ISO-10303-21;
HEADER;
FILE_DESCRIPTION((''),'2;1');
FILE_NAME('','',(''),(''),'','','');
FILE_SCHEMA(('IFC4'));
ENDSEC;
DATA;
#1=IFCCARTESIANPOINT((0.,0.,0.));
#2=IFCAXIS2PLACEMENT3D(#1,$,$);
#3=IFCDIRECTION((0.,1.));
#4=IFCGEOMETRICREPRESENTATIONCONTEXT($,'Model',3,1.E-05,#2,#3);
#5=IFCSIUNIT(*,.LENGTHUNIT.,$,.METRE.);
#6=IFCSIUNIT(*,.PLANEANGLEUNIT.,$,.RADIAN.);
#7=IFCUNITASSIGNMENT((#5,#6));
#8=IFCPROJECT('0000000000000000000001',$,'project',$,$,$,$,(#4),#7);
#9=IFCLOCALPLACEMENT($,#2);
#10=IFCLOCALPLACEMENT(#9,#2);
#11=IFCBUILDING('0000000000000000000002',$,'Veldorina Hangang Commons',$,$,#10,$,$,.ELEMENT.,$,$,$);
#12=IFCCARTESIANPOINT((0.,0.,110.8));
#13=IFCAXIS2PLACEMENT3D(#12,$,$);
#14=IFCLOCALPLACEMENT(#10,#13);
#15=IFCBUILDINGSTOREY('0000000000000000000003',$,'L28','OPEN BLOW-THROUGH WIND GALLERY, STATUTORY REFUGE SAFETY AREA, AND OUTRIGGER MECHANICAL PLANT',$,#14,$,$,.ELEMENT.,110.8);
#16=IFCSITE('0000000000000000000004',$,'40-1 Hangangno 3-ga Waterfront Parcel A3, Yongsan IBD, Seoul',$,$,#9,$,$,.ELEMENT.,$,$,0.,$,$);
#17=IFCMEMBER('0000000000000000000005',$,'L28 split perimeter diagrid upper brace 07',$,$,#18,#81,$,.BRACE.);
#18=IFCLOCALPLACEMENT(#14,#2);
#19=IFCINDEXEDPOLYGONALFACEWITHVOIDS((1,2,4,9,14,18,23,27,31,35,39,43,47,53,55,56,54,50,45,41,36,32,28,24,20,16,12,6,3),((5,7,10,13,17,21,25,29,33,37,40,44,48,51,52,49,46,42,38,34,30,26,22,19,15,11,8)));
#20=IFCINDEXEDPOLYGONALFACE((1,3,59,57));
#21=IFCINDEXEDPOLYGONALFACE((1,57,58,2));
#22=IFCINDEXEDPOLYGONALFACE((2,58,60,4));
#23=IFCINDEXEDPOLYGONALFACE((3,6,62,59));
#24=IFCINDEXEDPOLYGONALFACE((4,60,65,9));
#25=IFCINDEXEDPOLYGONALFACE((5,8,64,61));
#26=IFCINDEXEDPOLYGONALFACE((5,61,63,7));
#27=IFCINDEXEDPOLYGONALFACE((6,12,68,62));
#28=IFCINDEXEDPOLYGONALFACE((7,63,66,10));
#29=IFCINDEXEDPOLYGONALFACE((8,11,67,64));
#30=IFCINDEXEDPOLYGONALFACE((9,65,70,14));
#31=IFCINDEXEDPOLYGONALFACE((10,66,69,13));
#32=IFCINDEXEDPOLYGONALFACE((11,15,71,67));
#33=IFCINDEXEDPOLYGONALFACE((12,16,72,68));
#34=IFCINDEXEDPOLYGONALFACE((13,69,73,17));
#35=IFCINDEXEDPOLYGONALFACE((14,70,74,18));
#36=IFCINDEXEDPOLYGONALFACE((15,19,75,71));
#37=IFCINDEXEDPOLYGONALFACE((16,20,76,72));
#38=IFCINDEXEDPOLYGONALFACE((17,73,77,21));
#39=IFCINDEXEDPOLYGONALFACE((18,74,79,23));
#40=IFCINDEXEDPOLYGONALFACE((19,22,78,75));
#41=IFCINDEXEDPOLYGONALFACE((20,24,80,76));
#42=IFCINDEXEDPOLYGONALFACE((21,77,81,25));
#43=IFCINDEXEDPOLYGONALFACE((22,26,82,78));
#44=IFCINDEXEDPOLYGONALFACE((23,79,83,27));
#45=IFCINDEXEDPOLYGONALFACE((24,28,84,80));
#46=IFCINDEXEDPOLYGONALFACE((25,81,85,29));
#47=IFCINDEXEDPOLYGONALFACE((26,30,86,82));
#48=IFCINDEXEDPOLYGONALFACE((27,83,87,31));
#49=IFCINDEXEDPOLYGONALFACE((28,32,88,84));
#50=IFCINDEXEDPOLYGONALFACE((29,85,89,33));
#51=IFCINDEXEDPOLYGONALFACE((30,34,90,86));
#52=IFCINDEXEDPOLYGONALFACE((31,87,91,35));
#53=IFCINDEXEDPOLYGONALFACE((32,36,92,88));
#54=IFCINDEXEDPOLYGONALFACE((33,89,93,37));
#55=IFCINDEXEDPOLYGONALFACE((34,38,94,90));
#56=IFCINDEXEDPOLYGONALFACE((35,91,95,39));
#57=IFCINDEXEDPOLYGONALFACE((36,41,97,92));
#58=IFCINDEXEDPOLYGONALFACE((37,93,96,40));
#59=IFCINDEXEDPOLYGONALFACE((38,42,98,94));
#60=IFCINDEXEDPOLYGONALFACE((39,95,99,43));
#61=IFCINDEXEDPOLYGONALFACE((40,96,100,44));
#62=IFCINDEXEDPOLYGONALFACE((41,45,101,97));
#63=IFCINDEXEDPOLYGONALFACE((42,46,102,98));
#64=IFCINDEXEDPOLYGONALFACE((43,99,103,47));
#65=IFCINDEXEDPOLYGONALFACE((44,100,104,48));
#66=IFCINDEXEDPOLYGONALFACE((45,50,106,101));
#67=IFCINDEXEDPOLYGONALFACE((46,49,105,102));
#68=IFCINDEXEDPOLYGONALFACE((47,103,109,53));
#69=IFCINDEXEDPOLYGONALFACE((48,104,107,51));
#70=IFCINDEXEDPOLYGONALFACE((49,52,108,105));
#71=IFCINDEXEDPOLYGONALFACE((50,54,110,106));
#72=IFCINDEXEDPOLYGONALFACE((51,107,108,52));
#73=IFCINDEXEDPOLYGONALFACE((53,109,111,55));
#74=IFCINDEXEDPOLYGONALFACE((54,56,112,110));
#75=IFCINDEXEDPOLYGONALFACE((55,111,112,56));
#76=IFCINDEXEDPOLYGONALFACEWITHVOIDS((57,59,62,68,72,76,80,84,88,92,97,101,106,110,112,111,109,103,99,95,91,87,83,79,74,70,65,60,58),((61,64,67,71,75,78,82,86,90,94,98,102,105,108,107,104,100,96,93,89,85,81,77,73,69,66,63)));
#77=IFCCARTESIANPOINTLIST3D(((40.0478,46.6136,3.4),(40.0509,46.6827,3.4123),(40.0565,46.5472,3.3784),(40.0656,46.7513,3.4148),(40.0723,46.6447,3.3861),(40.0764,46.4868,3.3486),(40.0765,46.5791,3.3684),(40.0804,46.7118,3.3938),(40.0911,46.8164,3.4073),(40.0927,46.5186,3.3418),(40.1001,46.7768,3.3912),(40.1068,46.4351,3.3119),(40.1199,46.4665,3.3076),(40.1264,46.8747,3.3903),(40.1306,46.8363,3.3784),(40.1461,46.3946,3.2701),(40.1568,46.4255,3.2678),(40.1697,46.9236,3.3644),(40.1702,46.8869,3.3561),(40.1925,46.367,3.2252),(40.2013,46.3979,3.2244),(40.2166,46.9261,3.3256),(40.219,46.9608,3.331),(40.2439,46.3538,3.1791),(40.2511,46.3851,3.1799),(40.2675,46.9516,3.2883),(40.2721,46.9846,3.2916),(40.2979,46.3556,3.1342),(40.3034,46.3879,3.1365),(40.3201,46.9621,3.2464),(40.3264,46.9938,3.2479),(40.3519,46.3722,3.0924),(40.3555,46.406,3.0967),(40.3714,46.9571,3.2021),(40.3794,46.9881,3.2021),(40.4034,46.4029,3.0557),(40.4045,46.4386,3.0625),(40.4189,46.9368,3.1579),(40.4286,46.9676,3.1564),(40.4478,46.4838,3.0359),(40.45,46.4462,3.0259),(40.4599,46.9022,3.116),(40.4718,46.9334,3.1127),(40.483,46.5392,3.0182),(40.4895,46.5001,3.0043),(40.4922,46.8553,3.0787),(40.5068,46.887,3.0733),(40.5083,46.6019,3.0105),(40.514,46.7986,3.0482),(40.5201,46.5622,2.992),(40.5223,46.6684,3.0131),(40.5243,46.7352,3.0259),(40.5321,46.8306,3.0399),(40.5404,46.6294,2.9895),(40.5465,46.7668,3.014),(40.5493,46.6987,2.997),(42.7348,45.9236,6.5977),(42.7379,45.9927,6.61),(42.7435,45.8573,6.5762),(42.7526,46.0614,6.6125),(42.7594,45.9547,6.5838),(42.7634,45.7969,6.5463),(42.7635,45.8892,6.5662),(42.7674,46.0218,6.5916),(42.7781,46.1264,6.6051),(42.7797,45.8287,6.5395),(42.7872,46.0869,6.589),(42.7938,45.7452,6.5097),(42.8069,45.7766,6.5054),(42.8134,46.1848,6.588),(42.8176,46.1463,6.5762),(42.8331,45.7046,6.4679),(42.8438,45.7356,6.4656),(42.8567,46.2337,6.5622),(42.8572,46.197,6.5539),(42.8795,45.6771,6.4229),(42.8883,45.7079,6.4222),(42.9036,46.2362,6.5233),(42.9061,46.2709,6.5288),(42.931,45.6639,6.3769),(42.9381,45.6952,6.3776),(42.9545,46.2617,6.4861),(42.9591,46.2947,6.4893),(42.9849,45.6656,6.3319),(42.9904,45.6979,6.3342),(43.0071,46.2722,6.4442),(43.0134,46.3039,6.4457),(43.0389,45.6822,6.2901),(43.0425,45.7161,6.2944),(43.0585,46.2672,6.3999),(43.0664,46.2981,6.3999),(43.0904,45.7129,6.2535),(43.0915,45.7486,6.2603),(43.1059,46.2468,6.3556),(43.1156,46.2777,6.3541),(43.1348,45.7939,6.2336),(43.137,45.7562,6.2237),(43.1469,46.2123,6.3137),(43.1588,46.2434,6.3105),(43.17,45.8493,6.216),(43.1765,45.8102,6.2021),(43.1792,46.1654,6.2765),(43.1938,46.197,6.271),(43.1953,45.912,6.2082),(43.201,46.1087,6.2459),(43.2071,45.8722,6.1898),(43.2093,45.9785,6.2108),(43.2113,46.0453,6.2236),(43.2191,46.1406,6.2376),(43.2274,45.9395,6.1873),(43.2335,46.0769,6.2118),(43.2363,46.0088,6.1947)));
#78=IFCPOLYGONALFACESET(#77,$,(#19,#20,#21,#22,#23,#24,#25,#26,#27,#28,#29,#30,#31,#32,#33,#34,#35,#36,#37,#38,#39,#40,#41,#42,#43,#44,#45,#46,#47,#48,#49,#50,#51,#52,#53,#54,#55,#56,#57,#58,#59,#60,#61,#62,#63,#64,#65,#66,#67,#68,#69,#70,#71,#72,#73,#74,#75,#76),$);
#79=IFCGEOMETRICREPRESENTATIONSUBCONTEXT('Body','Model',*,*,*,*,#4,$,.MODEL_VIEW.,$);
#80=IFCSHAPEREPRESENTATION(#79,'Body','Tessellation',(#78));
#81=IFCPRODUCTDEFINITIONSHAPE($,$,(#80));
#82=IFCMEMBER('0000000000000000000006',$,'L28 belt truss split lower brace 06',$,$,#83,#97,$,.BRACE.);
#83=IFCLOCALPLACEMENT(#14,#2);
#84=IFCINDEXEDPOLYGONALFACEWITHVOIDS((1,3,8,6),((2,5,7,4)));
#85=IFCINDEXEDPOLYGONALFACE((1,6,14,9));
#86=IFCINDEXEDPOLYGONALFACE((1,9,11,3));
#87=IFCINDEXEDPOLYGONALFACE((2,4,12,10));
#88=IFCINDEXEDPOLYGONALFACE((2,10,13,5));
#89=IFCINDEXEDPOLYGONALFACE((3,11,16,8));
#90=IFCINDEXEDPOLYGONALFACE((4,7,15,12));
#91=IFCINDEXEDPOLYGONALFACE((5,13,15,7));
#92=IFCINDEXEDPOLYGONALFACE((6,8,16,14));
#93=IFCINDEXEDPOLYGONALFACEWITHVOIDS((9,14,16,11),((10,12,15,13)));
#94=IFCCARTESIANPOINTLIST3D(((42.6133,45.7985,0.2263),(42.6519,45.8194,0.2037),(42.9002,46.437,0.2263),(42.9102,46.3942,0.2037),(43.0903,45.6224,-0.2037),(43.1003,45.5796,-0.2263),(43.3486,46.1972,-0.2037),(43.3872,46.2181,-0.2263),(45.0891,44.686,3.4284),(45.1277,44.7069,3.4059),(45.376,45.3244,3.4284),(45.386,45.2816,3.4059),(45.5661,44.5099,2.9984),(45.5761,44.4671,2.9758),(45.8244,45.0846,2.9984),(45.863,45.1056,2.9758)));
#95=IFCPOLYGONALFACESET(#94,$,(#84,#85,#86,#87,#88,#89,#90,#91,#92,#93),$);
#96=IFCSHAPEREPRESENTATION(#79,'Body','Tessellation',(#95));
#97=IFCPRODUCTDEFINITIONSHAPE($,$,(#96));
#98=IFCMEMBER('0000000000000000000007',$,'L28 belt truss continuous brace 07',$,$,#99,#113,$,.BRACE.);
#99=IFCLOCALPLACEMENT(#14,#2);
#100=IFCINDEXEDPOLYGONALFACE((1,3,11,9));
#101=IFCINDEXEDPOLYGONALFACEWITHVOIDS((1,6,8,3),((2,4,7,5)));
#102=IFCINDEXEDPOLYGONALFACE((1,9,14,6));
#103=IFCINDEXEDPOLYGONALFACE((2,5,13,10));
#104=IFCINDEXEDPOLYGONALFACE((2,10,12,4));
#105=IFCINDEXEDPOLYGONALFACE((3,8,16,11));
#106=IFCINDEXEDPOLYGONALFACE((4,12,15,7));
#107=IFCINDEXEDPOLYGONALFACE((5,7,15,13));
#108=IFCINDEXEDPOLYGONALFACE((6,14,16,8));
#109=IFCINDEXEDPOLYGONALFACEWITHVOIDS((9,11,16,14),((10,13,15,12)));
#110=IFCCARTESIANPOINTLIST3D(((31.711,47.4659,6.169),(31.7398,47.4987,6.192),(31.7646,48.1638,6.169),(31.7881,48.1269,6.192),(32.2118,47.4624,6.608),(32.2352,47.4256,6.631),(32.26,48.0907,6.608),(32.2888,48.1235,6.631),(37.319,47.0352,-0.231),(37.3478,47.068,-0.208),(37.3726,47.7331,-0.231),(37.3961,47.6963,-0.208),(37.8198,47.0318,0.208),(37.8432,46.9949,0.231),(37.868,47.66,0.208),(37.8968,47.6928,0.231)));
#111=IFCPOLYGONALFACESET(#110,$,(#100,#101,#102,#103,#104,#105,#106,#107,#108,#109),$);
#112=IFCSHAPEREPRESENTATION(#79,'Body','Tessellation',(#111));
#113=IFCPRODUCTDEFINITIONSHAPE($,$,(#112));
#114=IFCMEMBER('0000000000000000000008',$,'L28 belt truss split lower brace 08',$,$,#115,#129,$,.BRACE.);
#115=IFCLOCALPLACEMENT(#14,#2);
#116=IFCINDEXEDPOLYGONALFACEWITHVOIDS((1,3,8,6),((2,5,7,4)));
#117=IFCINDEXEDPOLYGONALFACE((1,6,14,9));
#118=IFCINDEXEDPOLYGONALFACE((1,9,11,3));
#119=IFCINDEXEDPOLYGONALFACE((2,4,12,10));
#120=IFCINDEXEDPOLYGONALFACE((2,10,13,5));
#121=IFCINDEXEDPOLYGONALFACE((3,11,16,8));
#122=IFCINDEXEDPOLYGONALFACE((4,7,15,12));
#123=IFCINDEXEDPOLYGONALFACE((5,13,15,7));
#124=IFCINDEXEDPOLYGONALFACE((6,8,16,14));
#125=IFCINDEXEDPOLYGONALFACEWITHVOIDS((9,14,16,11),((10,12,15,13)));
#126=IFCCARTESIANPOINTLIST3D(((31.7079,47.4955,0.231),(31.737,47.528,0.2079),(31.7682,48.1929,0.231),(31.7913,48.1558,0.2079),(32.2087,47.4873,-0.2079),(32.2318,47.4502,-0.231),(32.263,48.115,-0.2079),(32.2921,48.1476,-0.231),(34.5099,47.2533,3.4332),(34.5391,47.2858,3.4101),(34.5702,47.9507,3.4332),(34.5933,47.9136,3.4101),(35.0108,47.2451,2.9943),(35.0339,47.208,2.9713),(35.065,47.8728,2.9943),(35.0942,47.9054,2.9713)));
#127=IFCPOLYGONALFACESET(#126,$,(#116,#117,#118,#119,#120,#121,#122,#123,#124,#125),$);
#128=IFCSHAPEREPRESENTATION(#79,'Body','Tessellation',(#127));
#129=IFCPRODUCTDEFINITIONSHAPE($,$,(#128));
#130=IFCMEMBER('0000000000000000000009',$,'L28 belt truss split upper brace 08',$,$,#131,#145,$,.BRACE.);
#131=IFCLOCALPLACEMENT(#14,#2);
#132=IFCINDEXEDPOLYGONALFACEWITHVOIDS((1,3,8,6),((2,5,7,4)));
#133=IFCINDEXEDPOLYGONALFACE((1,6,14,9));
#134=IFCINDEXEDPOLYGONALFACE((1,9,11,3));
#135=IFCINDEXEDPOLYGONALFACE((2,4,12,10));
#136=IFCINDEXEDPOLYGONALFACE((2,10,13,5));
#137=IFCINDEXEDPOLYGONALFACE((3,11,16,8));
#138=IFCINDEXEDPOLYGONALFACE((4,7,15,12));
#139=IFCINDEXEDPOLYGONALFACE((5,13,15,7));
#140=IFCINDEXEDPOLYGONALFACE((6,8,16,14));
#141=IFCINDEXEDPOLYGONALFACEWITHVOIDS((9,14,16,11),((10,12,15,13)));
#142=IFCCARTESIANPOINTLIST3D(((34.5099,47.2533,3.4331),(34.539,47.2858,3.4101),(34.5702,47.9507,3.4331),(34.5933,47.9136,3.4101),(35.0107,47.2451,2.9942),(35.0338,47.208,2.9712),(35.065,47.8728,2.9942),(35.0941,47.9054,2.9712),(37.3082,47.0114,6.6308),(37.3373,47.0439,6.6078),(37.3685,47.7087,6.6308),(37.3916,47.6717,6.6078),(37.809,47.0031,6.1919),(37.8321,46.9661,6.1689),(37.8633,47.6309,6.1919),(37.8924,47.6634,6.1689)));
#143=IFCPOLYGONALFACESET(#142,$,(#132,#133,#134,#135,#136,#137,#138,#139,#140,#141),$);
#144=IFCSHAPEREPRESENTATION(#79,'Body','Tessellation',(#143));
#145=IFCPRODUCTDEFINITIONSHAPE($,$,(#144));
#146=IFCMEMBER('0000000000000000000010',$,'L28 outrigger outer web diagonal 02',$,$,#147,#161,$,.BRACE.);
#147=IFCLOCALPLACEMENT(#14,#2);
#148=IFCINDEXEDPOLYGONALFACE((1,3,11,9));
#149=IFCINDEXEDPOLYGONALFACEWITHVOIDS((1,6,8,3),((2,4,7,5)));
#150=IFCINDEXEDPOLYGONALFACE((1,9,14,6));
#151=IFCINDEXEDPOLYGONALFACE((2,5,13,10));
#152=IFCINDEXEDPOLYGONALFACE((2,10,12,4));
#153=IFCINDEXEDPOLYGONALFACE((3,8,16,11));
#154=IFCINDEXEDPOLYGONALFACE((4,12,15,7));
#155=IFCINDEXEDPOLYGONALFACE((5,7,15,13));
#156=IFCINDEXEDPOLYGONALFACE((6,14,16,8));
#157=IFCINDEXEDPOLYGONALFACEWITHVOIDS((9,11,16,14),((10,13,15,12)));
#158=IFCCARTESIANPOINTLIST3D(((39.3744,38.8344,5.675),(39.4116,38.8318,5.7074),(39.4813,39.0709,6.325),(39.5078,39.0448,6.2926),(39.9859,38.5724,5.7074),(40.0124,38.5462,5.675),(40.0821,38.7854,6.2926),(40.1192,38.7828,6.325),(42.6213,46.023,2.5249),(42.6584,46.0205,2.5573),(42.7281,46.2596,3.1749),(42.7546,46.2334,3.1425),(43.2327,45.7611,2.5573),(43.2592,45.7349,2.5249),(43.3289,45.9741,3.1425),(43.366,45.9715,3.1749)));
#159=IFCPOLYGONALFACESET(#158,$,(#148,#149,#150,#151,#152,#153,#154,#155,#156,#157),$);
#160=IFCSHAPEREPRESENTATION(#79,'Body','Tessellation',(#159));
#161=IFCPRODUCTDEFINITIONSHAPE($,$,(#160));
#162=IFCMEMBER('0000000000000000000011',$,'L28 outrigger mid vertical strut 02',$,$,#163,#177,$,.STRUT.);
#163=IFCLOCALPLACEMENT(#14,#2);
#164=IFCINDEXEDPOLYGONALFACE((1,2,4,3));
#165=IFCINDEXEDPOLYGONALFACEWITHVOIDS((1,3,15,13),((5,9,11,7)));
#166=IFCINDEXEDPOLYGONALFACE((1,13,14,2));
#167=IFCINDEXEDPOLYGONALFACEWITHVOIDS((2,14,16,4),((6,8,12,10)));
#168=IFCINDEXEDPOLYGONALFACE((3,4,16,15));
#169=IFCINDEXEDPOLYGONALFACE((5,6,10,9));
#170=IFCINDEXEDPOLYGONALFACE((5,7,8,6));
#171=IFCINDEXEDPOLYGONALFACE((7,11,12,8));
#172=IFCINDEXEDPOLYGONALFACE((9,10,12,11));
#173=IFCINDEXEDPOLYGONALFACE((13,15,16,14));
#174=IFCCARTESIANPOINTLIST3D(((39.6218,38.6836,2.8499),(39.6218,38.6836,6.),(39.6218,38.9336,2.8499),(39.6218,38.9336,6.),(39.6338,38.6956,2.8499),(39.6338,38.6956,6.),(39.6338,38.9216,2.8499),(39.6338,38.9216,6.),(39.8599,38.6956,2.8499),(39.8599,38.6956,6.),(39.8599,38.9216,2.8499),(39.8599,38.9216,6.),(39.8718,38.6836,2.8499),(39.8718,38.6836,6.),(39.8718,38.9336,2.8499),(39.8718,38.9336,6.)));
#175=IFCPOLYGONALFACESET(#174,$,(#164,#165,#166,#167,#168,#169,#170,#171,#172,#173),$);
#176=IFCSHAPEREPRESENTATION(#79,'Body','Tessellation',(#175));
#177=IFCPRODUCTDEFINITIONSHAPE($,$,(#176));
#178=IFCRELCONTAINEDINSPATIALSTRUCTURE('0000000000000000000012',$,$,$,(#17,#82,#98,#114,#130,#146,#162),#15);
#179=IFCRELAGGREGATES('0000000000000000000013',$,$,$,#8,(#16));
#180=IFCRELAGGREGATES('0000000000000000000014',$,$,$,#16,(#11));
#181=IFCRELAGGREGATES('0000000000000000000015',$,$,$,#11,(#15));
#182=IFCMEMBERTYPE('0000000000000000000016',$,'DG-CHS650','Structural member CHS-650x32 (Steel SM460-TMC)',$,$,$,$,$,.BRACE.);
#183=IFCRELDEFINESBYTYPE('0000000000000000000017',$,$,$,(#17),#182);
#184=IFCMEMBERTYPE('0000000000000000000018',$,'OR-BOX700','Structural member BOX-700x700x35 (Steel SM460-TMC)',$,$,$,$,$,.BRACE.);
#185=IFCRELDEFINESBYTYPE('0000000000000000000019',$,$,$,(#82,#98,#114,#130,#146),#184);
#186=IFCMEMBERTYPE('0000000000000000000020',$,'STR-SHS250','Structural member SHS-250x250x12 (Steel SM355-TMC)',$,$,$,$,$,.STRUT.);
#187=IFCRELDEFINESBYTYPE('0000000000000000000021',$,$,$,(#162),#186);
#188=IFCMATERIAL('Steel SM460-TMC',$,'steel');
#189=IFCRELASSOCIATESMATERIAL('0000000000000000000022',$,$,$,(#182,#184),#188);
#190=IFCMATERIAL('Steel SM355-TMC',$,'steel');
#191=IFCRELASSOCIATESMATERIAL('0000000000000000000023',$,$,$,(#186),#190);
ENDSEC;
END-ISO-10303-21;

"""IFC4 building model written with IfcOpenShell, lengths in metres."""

from ifc_helpers import new_model, si_unit, direction, frame, origin, origin_2d, place, context, subcontext, project, spatial, hollow_rectangle, hollow_circle, extrude, material, material_profile, profile_set, type_object, element, save


model = new_model("IFC4")

# Units and contexts
model_context = context("Model", 3, precision=1e-05, world=origin(), true_north=direction((0.0, 1.0)))
body_context = subcontext(model_context, "Body", "Model", "MODEL_VIEW")
ifc_project = project(units=[si_unit("LENGTHUNIT", "METRE"), si_unit("PLANEANGLEUNIT", "RADIAN")], contexts=[model_context])

# Site, building, storey
site_placement = place(None, origin())
site = spatial("IfcSite", under=ifc_project, at=site_placement, Name="40-1 Hangangno 3-ga Waterfront Parcel A3, Yongsan IBD, Seoul", CompositionType="ELEMENT", RefElevation=0.0)
building_placement = place(site_placement, origin())
building = spatial("IfcBuilding", under=site, at=building_placement, Name="Veldorina Hangang Commons", CompositionType="ELEMENT")
storey_placement = place(building_placement, frame((0.0, 0.0, 110.8)))
storey = spatial("IfcBuildingStorey", under=building, at=storey_placement, Name="L28", Description="OPEN BLOW-THROUGH WIND GALLERY, STATUTORY REFUGE SAFETY AREA, AND OUTRIGGER MECHANICAL PLANT", CompositionType="ELEMENT", Elevation=110.8)

# Shared definitions
ifc_material_1 = material(Name="Steel SM460-TMC", Category="steel")
ifc_material_2 = material(Name="Steel SM355-TMC", Category="steel")

# Members
ifc_material_profile_1 = material_profile(ifc_material_1, hollow_circle(Radius=0.325, WallThickness=0.032, at=origin_2d()), Name="CHS-650x32")
ifc_profile_set_1 = profile_set([ifc_material_profile_1], Name="Steel SM460-TMC")
member_type_1 = type_object("IfcMemberType", Name="DG-CHS650", Description="Structural member CHS-650x32 (Steel SM460-TMC)", PredefinedType="BRACE", material=ifc_profile_set_1)
member_1_placement = place(storey_placement, frame((40.2986, 46.6733, 3.2021), z_axis=(0.634717, -0.162976, 0.755363), x_axis=(0.248701, 0.96858, 0.0)))
element("IfcMember", 1, at=member_1_placement, inside=storey, type_object=member_type_1, Name="L28 split perimeter diagrid upper brace 07", PredefinedType="BRACE", context=body_context, shape_type="SweptSolid", body=[
    extrude(hollow_circle(Radius=0.325, WallThickness=0.032, at=origin_2d()), origin(), (0.0, 0.0, 1.0), 4.2334),
])
ifc_material_profile_2 = material_profile(ifc_material_1, hollow_rectangle(XDim=0.7, YDim=0.7, WallThickness=0.0349, at=origin_2d()), Name="BOX-700x700x35")
ifc_profile_set_2 = profile_set([ifc_material_profile_2], Name="Steel SM460-TMC")
member_type_2 = type_object("IfcMemberType", Name="OR-BOX700", Description="Structural member BOX-700x700x35 (Steel SM460-TMC)", PredefinedType="BRACE", material=ifc_profile_set_2)
member_2_placement = place(storey_placement, frame((43.0002, 46.0083, 0.0), z_axis=(0.589797, -0.265033, 0.762822), x_axis=(0.409882, 0.912138, 0.0)))
element("IfcMember", 2, at=member_2_placement, inside=storey, type_object=member_type_2, Name="L28 belt truss split lower brace 06", PredefinedType="BRACE", context=body_context, shape_type="SweptSolid", body=[
    extrude(hollow_rectangle(XDim=0.7, YDim=0.7, WallThickness=0.0349, at=origin_2d()), origin(), (0.0, 0.0, 1.0), 4.1978),
])
member_3_placement = place(storey_placement, frame((37.6079, 47.364, 0.0), z_axis=(-0.658194, 0.050547, 0.751149), x_axis=(-0.07657, -0.997064, 0.0)))
element("IfcMember", 3, at=member_3_placement, inside=storey, type_object=member_type_2, Name="L28 belt truss continuous brace 07", PredefinedType="BRACE", context=body_context, shape_type="SweptSolid", body=[
    extrude(hollow_rectangle(XDim=0.7, YDim=0.7, WallThickness=0.0349, at=origin_2d()), origin(), (0.0, 0.0, 1.0), 8.5203),
])
member_4_placement = place(storey_placement, frame((32.0, 47.8215, 0.0), z_axis=(0.657457, -0.056826, 0.751346), x_axis=(0.086113, 0.996285, 0.0)))
element("IfcMember", 4, at=member_4_placement, inside=storey, type_object=member_type_2, Name="L28 belt truss split lower brace 08", PredefinedType="BRACE", context=body_context, shape_type="SweptSolid", body=[
    extrude(hollow_rectangle(XDim=0.7, YDim=0.7, WallThickness=0.0349, at=origin_2d()), origin(), (0.0, 0.0, 1.0), 4.262),
])
member_5_placement = place(storey_placement, frame((34.802, 47.5793, 3.2021), z_axis=(0.65748, -0.056845, 0.751324), x_axis=(0.086138, 0.996283, 0.0)))
element("IfcMember", 5, at=member_5_placement, inside=storey, type_object=member_type_2, Name="L28 belt truss split upper brace 08", PredefinedType="BRACE", context=body_context, shape_type="SweptSolid", body=[
    extrude(hollow_rectangle(XDim=0.7, YDim=0.7, WallThickness=0.0349, at=origin_2d()), origin(), (0.0, 0.0, 1.0), 4.2561),
])
member_6_placement = place(storey_placement, frame((39.7468, 38.8086, 6.0), z_axis=(0.382263, 0.846359, -0.37088), x_axis=(-0.911356, 0.411619, 0.0)))
element("IfcMember", 6, at=member_6_placement, inside=storey, type_object=member_type_2, Name="L28 outrigger outer web diagonal 02", PredefinedType="BRACE", context=body_context, shape_type="SweptSolid", body=[
    extrude(hollow_rectangle(XDim=0.7, YDim=0.7, WallThickness=0.0349, at=origin_2d()), origin(), (0.0, 0.0, 1.0), 8.4937),
])
ifc_material_profile_3 = material_profile(ifc_material_2, hollow_rectangle(XDim=0.25, YDim=0.25, WallThickness=0.012, at=origin_2d()), Name="SHS-250x250x12")
ifc_profile_set_3 = profile_set([ifc_material_profile_3], Name="Steel SM355-TMC")
member_type_3 = type_object("IfcMemberType", Name="STR-SHS250", Description="Structural member SHS-250x250x12 (Steel SM355-TMC)", PredefinedType="STRUT", material=ifc_profile_set_3)
member_7_placement = place(storey_placement, frame((39.7468, 38.8086, 2.8499), z_axis=(0.0, 0.0, 1.0), x_axis=(1.0, 0.0, 0.0)))
element("IfcMember", 7, at=member_7_placement, inside=storey, type_object=member_type_3, Name="L28 outrigger mid vertical strut 02", PredefinedType="STRUT", context=body_context, shape_type="SweptSolid", body=[
    extrude(hollow_rectangle(XDim=0.25, YDim=0.25, WallThickness=0.012, at=origin_2d()), origin(), (0.0, 0.0, 1.0), 3.1501),
])

save(model, "model.ifc")
